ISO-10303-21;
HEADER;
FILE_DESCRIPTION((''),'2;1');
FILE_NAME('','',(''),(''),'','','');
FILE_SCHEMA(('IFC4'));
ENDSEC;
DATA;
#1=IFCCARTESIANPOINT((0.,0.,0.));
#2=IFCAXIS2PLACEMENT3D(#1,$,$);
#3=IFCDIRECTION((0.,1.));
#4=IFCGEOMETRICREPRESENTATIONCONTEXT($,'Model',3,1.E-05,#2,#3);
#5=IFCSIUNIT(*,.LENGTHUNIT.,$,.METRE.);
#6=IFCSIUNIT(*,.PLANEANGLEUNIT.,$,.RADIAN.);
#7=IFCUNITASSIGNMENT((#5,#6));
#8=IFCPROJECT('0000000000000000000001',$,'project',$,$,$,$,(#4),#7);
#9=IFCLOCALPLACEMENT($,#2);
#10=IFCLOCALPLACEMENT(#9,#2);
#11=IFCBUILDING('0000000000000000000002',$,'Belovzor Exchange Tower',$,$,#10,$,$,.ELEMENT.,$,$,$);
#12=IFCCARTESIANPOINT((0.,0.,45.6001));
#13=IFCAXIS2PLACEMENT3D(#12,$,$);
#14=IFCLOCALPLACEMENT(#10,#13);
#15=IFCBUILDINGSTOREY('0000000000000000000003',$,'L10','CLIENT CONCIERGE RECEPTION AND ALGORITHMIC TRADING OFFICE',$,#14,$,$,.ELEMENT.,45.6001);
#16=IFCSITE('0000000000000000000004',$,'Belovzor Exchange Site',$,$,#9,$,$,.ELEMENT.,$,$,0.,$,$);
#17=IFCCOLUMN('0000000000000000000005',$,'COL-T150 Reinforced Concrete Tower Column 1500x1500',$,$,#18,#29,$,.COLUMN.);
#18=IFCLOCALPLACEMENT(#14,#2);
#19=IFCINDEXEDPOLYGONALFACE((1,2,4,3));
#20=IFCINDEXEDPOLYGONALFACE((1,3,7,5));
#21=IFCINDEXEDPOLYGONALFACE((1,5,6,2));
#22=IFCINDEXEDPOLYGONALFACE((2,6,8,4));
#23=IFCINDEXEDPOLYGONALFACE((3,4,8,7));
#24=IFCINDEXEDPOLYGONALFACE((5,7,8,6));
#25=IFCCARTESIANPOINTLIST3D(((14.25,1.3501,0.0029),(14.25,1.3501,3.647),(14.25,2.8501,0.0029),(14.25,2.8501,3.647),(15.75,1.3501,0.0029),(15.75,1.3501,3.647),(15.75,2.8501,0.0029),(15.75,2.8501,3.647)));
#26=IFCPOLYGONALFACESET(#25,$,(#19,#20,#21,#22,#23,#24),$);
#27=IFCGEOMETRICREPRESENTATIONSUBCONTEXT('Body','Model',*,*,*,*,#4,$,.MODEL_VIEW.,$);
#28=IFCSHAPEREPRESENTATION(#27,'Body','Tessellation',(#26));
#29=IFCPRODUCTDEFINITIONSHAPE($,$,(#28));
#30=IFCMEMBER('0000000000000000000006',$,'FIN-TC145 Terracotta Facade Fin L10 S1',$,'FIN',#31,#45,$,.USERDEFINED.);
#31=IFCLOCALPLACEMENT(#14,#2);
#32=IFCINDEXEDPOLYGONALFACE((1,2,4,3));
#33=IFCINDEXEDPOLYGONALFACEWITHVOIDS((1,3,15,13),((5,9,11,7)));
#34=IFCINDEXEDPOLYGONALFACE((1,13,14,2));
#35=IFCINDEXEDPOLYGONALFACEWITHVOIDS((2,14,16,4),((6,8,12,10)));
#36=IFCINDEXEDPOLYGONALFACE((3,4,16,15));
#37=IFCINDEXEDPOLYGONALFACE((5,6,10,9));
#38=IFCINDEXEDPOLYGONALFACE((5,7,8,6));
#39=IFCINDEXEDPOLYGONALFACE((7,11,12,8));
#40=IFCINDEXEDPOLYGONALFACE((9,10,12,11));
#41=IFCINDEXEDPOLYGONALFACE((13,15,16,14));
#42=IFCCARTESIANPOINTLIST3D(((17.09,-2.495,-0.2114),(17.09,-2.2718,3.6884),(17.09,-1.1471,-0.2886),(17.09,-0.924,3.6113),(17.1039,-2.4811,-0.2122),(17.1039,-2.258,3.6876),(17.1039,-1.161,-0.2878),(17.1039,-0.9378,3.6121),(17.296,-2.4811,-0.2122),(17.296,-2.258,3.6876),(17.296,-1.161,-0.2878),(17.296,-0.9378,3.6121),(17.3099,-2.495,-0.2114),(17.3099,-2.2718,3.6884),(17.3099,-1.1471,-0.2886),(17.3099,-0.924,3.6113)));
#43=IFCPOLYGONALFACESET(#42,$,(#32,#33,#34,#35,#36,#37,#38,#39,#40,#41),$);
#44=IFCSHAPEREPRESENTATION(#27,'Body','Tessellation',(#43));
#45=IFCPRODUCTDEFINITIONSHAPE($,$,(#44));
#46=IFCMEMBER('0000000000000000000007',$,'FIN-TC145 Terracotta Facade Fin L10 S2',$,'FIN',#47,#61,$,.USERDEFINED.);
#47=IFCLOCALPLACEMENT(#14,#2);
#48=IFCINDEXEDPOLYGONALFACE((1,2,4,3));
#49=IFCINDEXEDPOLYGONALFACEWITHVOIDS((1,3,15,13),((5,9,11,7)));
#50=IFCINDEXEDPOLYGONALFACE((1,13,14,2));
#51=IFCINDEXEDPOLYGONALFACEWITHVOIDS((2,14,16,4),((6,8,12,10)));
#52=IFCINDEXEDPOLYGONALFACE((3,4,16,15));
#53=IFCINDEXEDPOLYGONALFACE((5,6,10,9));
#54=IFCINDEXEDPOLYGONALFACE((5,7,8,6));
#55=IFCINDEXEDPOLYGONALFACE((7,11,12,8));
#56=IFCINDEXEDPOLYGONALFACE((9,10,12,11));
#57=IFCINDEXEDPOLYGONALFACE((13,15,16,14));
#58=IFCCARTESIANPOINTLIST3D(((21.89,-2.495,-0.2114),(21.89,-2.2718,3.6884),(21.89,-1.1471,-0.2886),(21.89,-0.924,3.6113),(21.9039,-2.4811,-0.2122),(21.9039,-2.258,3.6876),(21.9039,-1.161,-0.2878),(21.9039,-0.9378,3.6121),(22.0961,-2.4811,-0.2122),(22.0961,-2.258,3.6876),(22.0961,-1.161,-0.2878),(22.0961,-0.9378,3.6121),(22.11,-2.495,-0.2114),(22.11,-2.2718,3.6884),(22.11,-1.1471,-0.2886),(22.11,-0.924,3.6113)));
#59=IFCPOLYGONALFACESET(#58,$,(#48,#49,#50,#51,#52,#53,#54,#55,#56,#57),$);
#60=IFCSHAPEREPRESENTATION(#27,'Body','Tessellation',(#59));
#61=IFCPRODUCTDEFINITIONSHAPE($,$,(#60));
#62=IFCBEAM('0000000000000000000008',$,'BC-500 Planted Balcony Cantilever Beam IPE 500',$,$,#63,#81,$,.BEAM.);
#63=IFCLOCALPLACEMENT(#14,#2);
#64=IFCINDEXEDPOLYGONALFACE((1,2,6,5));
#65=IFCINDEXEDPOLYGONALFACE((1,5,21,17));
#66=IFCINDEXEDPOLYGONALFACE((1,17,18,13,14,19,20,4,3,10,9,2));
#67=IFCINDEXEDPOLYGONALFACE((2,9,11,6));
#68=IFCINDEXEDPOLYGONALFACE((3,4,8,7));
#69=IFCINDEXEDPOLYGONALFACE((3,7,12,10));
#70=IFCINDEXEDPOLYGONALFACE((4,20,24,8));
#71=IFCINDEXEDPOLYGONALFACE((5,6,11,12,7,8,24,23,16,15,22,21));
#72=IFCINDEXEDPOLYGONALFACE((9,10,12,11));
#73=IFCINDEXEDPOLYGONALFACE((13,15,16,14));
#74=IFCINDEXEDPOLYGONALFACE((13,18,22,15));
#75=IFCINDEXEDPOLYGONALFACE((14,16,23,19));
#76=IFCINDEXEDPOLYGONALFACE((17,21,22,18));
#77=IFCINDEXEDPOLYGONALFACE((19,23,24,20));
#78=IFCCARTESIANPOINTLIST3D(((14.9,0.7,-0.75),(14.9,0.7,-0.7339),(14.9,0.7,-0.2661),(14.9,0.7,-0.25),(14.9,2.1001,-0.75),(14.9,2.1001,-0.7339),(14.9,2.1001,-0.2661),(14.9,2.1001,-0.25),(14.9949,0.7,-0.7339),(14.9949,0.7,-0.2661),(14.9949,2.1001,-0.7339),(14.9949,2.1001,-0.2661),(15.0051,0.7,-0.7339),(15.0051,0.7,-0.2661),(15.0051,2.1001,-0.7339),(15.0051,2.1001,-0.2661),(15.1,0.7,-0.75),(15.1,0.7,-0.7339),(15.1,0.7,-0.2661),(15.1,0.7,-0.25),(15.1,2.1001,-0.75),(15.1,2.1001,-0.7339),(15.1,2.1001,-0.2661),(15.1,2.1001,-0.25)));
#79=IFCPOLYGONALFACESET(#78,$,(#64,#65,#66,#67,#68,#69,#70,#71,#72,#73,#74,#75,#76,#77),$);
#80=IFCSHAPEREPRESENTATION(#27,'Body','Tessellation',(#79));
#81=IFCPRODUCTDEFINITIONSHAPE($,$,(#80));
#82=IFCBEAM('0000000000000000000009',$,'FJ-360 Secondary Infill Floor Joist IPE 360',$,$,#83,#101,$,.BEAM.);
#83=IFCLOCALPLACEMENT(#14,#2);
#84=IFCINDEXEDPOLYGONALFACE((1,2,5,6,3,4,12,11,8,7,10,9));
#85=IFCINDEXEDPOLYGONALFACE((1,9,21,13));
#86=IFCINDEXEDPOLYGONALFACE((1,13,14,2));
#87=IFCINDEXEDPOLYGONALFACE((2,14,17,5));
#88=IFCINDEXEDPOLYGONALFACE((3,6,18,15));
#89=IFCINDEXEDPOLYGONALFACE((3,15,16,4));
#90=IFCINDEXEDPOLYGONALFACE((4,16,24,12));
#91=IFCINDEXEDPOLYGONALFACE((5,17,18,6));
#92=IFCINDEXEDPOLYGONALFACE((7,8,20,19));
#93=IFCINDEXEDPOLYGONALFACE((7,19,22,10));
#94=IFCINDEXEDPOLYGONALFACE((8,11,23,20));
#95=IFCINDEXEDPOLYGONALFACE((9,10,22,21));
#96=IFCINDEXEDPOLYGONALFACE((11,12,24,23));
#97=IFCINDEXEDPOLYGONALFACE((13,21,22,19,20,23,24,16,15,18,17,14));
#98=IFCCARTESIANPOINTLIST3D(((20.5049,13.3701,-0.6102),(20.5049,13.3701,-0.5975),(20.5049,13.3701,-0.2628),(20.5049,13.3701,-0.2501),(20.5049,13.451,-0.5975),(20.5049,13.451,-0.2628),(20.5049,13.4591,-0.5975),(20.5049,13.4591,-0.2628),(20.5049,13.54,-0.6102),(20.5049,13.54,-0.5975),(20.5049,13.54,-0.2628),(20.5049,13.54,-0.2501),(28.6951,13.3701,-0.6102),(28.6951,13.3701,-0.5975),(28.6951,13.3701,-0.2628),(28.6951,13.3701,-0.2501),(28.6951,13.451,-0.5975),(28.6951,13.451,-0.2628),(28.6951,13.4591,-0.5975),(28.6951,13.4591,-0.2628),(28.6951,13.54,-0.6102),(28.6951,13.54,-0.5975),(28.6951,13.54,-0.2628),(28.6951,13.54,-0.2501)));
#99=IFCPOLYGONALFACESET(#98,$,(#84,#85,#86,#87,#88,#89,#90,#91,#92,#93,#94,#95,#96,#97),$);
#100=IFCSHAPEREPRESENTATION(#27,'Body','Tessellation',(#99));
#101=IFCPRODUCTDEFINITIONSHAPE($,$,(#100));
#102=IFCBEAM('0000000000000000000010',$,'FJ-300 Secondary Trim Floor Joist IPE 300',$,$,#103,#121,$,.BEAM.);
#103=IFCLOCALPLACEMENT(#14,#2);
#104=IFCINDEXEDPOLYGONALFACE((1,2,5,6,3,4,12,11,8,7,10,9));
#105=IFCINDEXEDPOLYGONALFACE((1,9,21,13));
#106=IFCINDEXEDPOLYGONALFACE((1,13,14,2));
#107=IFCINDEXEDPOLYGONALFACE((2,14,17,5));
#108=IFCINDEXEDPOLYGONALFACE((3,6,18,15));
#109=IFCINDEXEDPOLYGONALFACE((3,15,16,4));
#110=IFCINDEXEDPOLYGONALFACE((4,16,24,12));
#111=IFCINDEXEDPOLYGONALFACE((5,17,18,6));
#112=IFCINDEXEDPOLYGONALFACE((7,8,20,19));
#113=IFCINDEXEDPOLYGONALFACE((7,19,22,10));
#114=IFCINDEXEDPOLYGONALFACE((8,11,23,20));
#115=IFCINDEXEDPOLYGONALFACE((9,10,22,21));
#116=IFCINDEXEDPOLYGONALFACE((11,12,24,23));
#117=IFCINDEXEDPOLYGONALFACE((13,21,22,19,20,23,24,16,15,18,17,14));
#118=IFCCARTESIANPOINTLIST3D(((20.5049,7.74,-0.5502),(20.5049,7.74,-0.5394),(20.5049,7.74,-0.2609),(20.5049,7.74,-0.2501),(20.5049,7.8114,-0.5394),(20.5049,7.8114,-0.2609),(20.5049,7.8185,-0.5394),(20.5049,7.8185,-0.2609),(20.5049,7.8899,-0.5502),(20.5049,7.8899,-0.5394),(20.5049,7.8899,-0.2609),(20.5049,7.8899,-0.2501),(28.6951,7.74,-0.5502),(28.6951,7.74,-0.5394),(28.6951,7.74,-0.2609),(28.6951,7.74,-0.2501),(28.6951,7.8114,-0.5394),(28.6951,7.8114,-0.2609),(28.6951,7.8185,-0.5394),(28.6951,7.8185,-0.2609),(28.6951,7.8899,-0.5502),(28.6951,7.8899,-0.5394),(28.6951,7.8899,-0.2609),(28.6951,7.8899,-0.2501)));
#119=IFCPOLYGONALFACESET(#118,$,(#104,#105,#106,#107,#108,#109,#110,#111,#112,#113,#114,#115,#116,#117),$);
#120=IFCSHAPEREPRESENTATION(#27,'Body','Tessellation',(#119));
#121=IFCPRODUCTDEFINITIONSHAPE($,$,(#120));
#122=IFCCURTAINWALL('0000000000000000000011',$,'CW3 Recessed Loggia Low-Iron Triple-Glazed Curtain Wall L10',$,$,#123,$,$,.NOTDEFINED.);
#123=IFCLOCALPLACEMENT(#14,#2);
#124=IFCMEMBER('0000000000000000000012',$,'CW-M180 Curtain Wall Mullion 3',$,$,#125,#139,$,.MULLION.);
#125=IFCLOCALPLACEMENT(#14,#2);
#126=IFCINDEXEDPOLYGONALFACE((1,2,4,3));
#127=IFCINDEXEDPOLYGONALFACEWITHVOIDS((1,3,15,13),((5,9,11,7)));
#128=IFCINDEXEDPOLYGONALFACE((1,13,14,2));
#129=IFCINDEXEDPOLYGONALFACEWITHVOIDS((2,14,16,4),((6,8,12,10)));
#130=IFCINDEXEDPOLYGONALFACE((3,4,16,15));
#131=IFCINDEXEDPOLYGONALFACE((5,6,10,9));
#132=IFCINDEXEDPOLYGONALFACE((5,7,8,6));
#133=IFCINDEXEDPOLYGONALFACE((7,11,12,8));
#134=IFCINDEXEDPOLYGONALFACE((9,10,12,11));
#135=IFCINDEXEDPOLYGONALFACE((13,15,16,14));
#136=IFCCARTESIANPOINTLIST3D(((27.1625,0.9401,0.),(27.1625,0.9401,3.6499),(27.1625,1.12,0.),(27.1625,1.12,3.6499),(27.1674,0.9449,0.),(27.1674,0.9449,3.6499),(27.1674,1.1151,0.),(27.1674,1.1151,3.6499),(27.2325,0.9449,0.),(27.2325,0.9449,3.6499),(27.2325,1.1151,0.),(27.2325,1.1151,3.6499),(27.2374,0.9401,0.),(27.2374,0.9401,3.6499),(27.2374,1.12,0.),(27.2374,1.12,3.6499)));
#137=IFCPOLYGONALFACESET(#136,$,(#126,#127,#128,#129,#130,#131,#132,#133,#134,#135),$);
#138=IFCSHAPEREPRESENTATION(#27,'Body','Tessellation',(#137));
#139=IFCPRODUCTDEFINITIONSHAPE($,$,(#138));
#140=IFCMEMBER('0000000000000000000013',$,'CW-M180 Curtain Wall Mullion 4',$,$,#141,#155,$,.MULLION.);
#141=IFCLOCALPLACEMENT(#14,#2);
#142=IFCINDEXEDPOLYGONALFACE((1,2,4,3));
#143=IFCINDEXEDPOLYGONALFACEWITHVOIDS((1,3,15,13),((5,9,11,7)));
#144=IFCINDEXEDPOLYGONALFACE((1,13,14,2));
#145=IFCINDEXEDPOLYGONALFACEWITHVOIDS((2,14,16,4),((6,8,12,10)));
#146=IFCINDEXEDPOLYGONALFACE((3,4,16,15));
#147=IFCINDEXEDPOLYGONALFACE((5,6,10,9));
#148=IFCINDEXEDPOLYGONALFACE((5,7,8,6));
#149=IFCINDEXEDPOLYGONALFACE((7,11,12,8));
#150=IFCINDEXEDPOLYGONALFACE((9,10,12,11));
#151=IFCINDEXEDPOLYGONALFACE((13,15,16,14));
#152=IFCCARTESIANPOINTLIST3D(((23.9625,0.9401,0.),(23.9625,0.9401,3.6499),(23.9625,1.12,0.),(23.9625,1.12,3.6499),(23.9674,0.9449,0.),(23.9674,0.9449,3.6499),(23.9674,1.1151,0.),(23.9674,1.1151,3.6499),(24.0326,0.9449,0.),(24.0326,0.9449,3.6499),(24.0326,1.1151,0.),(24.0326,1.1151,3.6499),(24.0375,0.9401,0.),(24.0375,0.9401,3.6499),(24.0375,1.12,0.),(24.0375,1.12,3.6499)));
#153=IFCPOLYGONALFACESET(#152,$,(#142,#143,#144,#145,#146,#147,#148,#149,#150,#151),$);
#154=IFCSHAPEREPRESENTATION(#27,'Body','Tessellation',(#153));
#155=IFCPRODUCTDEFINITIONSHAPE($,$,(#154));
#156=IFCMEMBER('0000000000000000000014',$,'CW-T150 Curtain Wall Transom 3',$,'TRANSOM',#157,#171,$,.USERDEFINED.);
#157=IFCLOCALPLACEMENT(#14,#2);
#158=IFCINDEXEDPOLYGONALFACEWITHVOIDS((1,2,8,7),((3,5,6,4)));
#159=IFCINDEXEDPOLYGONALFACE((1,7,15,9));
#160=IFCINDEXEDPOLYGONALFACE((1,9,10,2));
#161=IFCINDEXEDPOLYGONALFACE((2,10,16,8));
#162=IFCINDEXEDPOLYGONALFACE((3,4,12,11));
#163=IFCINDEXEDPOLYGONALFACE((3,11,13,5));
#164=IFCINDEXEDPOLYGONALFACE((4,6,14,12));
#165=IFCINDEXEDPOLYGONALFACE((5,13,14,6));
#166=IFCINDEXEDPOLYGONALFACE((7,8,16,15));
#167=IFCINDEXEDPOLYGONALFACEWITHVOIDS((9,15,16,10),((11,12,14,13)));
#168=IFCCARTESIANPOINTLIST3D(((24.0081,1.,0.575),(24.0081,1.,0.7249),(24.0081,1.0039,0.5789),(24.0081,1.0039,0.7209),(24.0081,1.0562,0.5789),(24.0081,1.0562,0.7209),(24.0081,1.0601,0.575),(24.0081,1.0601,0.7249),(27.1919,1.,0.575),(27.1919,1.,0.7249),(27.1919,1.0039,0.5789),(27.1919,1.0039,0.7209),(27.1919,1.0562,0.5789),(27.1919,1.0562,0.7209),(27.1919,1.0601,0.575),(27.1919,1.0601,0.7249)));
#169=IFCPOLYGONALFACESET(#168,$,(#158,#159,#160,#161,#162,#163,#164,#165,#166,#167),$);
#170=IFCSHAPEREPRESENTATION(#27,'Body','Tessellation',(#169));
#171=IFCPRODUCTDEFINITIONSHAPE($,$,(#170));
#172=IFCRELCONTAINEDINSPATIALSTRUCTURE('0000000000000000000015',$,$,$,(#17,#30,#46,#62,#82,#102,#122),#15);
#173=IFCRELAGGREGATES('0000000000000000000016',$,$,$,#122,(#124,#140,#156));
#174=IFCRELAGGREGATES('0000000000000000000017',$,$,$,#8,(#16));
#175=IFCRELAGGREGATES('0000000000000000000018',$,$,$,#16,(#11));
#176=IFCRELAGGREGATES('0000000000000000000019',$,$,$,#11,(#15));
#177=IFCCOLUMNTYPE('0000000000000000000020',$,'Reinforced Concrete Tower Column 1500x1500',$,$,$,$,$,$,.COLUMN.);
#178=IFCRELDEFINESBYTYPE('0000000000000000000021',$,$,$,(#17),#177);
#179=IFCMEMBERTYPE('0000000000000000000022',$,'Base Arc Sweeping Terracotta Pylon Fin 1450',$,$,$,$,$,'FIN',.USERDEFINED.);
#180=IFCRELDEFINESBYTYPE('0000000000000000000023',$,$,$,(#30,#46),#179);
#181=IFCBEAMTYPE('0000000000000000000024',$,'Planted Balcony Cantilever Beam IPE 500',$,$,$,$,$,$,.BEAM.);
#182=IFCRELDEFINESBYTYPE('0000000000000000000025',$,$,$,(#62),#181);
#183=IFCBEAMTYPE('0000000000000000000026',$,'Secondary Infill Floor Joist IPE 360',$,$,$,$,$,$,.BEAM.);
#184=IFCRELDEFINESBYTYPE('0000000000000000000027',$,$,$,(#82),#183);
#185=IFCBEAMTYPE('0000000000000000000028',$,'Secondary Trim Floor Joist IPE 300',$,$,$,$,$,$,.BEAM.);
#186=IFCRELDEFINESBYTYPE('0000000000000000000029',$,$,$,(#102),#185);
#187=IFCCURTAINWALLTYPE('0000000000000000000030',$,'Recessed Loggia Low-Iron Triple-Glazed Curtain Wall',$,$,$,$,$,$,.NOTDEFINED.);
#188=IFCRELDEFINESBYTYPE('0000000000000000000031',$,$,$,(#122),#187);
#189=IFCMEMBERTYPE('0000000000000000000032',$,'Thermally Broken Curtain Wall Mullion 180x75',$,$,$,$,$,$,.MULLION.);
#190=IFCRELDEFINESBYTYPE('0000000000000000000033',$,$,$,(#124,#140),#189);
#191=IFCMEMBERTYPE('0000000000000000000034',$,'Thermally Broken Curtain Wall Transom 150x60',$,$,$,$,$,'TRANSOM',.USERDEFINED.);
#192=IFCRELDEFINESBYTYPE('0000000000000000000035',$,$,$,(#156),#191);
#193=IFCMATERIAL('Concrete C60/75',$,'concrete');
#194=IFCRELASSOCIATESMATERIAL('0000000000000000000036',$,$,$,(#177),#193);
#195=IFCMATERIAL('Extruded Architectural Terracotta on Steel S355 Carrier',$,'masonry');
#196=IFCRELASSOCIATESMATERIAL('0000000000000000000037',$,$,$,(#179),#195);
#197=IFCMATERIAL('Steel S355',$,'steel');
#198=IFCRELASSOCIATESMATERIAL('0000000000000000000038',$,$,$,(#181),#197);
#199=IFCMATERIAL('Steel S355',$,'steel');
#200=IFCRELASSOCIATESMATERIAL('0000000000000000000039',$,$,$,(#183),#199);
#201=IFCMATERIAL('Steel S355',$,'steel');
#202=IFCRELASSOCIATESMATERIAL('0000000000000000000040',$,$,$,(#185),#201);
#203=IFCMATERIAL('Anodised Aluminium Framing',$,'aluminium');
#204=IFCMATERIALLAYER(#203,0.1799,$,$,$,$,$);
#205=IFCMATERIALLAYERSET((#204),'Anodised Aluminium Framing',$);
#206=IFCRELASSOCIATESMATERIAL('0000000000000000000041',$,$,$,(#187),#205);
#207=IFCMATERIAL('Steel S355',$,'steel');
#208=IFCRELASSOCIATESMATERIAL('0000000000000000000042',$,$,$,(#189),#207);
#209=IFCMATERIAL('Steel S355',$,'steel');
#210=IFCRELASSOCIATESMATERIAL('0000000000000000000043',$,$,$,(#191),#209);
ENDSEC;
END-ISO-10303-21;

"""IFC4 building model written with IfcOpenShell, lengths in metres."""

from ifc_helpers import new_model, si_unit, direction, frame, origin, origin_2d, place, context, subcontext, project, spatial, rectangle, hollow_rectangle, i_section, extrude, material, layer, layer_set, material_profile, profile_set, type_object, element, aggregate, save


model = new_model("IFC4")

# Units and contexts
model_context = context("Model", 3, precision=1e-05, world=origin(), true_north=direction((0.0, 1.0)))
body_context = subcontext(model_context, "Body", "Model", "MODEL_VIEW")
ifc_project = project(units=[si_unit("LENGTHUNIT", "METRE"), si_unit("PLANEANGLEUNIT", "RADIAN")], contexts=[model_context])

# Site, building, storey
site_placement = place(None, origin())
site = spatial("IfcSite", under=ifc_project, at=site_placement, Name="Belovzor Exchange Site", CompositionType="ELEMENT", RefElevation=0.0)
building_placement = place(site_placement, origin())
building = spatial("IfcBuilding", under=site, at=building_placement, Name="Belovzor Exchange Tower", CompositionType="ELEMENT")
storey_placement = place(building_placement, frame((0.0, 0.0, 45.6001)))
storey = spatial("IfcBuildingStorey", under=building, at=storey_placement, Name="L10", Description="CLIENT CONCIERGE RECEPTION AND ALGORITHMIC TRADING OFFICE", CompositionType="ELEMENT", Elevation=45.6001)

# Column
ifc_material_1 = material(Name="Concrete C60/75", Category="concrete")
ifc_material_profile_1 = material_profile(ifc_material_1, rectangle(XDim=1.5, YDim=1.5, at=origin_2d()))
ifc_profile_set_1 = profile_set([ifc_material_profile_1], Name="Concrete C60/75")
column_type = type_object("IfcColumnType", Name="Reinforced Concrete Tower Column 1500x1500", PredefinedType="COLUMN", material=ifc_profile_set_1)
column_placement = place(storey_placement, frame((15.0, 2.1001, 0.0029), z_axis=(0.0, 0.0, 1.0), x_axis=(1.0, 0.0, 0.0)))
element("IfcColumn", 1, at=column_placement, inside=storey, type_object=column_type, Name="COL-T150 Reinforced Concrete Tower Column 1500x1500", PredefinedType="COLUMN", context=body_context, shape_type="SweptSolid", body=[
    extrude(rectangle(XDim=1.5, YDim=1.5, at=origin_2d()), origin(), (0.0, 0.0, 1.0), 3.644),
])

# Members
ifc_material_2 = material(Name="Extruded Architectural Terracotta on Steel S355 Carrier", Category="masonry")
ifc_material_profile_2 = material_profile(ifc_material_2, hollow_rectangle(XDim=0.22, YDim=1.3501, WallThickness=0.0139, at=origin_2d()))
ifc_profile_set_2 = profile_set([ifc_material_profile_2], Name="Extruded Architectural Terracotta on Steel S355 Carrier")
member_type_1 = type_object("IfcMemberType", Name="Base Arc Sweeping Terracotta Pylon Fin 1450", ElementType="FIN", PredefinedType="USERDEFINED", material=ifc_profile_set_2)
for number, where, z_axis, x_axis, name in (
    (2, (17.2, -1.821, -0.25), (0.0, 0.057125, 0.998367), (-1.0, 0.0, 0.0), "FIN-TC145 Terracotta Facade Fin L10 S1"),
    (3, (22.0, -1.821, -0.25), (0.0, 0.057125, 0.998367), (-1.0, 0.0, 0.0), "FIN-TC145 Terracotta Facade Fin L10 S2"),
):
    element("IfcMember", number, at=place(storey_placement, frame(where, z_axis=z_axis, x_axis=x_axis)), inside=storey, type_object=member_type_1, Name=name, ObjectType="FIN", PredefinedType="USERDEFINED", context=body_context, shape_type="SweptSolid", body=[
        extrude(hollow_rectangle(XDim=0.22, YDim=1.3501, WallThickness=0.0139, at=origin_2d()), origin(), (0.0, 0.0, 1.0), 3.9062),
    ])

# Beams
ifc_material_3 = material(Name="Steel S355", Category="steel")
ifc_material_profile_3 = material_profile(ifc_material_3, i_section(OverallWidth=0.2, OverallDepth=0.5, WebThickness=0.0103, FlangeThickness=0.0161, at=origin_2d()))
ifc_profile_set_3 = profile_set([ifc_material_profile_3], Name="Steel S355")
beam_type_1 = type_object("IfcBeamType", Name="Planted Balcony Cantilever Beam IPE 500", PredefinedType="BEAM", material=ifc_profile_set_3)
beam_1_placement = place(storey_placement, frame((15.0, 2.1001, -0.5), z_axis=(0.0, -1.0, 0.0), x_axis=(1.0, 0.0, 0.0)))
element("IfcBeam", 4, at=beam_1_placement, inside=storey, type_object=beam_type_1, Name="BC-500 Planted Balcony Cantilever Beam IPE 500", PredefinedType="BEAM", context=body_context, shape_type="SweptSolid", body=[
    extrude(i_section(OverallWidth=0.2, OverallDepth=0.5, WebThickness=0.0103, FlangeThickness=0.0161, at=origin_2d()), origin(), (0.0, 0.0, 1.0), 1.4001),
])
ifc_material_4 = material(Name="Steel S355", Category="steel")
ifc_material_profile_4 = material_profile(ifc_material_4, i_section(OverallWidth=0.1699, OverallDepth=0.3601, WebThickness=0.0081, FlangeThickness=0.0127, at=origin_2d()))
ifc_profile_set_4 = profile_set([ifc_material_profile_4], Name="Steel S355")
beam_type_2 = type_object("IfcBeamType", Name="Secondary Infill Floor Joist IPE 360", PredefinedType="BEAM", material=ifc_profile_set_4)
beam_2_placement = place(storey_placement, frame((20.5049, 13.4551, -0.4302), z_axis=(1.0, 0.0, 0.0), x_axis=(0.0, 1.0, 0.0)))
element("IfcBeam", 5, at=beam_2_placement, inside=storey, type_object=beam_type_2, Name="FJ-360 Secondary Infill Floor Joist IPE 360", PredefinedType="BEAM", context=body_context, shape_type="SweptSolid", body=[
    extrude(i_section(OverallWidth=0.1699, OverallDepth=0.3601, WebThickness=0.0081, FlangeThickness=0.0127, at=origin_2d()), origin(), (0.0, 0.0, 1.0), 8.1902),
])
ifc_material_5 = material(Name="Steel S355", Category="steel")
ifc_material_profile_5 = material_profile(ifc_material_5, i_section(OverallWidth=0.1499, OverallDepth=0.3, WebThickness=0.0071, FlangeThickness=0.0107, at=origin_2d()))
ifc_profile_set_5 = profile_set([ifc_material_profile_5], Name="Steel S355")
beam_type_3 = type_object("IfcBeamType", Name="Secondary Trim Floor Joist IPE 300", PredefinedType="BEAM", material=ifc_profile_set_5)
beam_3_placement = place(storey_placement, frame((20.5049, 7.8149, -0.4001), z_axis=(1.0, 0.0, 0.0), x_axis=(0.0, 1.0, 0.0)))
element("IfcBeam", 6, at=beam_3_placement, inside=storey, type_object=beam_type_3, Name="FJ-300 Secondary Trim Floor Joist IPE 300", PredefinedType="BEAM", context=body_context, shape_type="SweptSolid", body=[
    extrude(i_section(OverallWidth=0.1499, OverallDepth=0.3, WebThickness=0.0071, FlangeThickness=0.0107, at=origin_2d()), origin(), (0.0, 0.0, 1.0), 8.1902),
])

# Curtain wall, members
ifc_material_6 = material(Name="Anodised Aluminium Framing", Category="aluminium")
ifc_layer_1 = layer(ifc_material_6, 0.1799)
ifc_layer_set_1 = layer_set([ifc_layer_1], Name="Anodised Aluminium Framing")
curtain_wall_type = type_object("IfcCurtainWallType", Name="Recessed Loggia Low-Iron Triple-Glazed Curtain Wall", PredefinedType="NOTDEFINED", material=ifc_layer_set_1)
curtain_wall_placement = place(storey_placement, origin())
curtain_wall = element("IfcCurtainWall", 7, at=curtain_wall_placement, inside=storey, type_object=curtain_wall_type, Name="CW3 Recessed Loggia Low-Iron Triple-Glazed Curtain Wall L10", PredefinedType="NOTDEFINED")
ifc_material_7 = material(Name="Steel S355", Category="steel")
ifc_material_profile_6 = material_profile(ifc_material_7, hollow_rectangle(XDim=0.075, YDim=0.1799, WallThickness=0.0049, at=origin_2d()))
ifc_profile_set_6 = profile_set([ifc_material_profile_6], Name="Steel S355")
member_type_2 = type_object("IfcMemberType", Name="Thermally Broken Curtain Wall Mullion 180x75", PredefinedType="MULLION", material=ifc_profile_set_6)
member_1_placement = place(storey_placement, frame((27.2, 1.03, 0.0), z_axis=(0.0, 0.0, 1.0), x_axis=(-1.0, 0.0, 0.0)))
member_1 = element("IfcMember", 8, at=member_1_placement, type_object=member_type_2, Name="CW-M180 Curtain Wall Mullion 3", PredefinedType="MULLION", context=body_context, shape_type="SweptSolid", body=[
    extrude(hollow_rectangle(XDim=0.075, YDim=0.1799, WallThickness=0.0049, at=origin_2d()), origin(), (0.0, 0.0, 1.0), 3.6499),
])
member_2_placement = place(storey_placement, frame((24.0, 1.03, 0.0), z_axis=(0.0, 0.0, 1.0), x_axis=(-1.0, 0.0, 0.0)))
member_2 = element("IfcMember", 9, at=member_2_placement, type_object=member_type_2, Name="CW-M180 Curtain Wall Mullion 4", PredefinedType="MULLION", context=body_context, shape_type="SweptSolid", body=[
    extrude(hollow_rectangle(XDim=0.075, YDim=0.1799, WallThickness=0.0049, at=origin_2d()), origin(), (0.0, 0.0, 1.0), 3.6499),
])
ifc_material_8 = material(Name="Steel S355", Category="steel")
ifc_material_profile_7 = material_profile(ifc_material_8, hollow_rectangle(XDim=0.0601, YDim=0.1499, WallThickness=0.0039, at=origin_2d()))
ifc_profile_set_7 = profile_set([ifc_material_profile_7], Name="Steel S355")
member_type_3 = type_object("IfcMemberType", Name="Thermally Broken Curtain Wall Transom 150x60", ElementType="TRANSOM", PredefinedType="USERDEFINED", material=ifc_profile_set_7)
member_3_placement = place(storey_placement, frame((27.1919, 1.03, 0.6499), z_axis=(-1.0, 0.0, 0.0), x_axis=(0.0, -1.0, 0.0)))
member_3 = element("IfcMember", 10, at=member_3_placement, type_object=member_type_3, Name="CW-T150 Curtain Wall Transom 3", ObjectType="TRANSOM", PredefinedType="USERDEFINED", context=body_context, shape_type="SweptSolid", body=[
    extrude(hollow_rectangle(XDim=0.0601, YDim=0.1499, WallThickness=0.0039, at=origin_2d()), origin(), (0.0, 0.0, 1.0), 3.1838),
])

aggregate(curtain_wall, [member_1, member_2, member_3])

save(model, "model.ifc")
